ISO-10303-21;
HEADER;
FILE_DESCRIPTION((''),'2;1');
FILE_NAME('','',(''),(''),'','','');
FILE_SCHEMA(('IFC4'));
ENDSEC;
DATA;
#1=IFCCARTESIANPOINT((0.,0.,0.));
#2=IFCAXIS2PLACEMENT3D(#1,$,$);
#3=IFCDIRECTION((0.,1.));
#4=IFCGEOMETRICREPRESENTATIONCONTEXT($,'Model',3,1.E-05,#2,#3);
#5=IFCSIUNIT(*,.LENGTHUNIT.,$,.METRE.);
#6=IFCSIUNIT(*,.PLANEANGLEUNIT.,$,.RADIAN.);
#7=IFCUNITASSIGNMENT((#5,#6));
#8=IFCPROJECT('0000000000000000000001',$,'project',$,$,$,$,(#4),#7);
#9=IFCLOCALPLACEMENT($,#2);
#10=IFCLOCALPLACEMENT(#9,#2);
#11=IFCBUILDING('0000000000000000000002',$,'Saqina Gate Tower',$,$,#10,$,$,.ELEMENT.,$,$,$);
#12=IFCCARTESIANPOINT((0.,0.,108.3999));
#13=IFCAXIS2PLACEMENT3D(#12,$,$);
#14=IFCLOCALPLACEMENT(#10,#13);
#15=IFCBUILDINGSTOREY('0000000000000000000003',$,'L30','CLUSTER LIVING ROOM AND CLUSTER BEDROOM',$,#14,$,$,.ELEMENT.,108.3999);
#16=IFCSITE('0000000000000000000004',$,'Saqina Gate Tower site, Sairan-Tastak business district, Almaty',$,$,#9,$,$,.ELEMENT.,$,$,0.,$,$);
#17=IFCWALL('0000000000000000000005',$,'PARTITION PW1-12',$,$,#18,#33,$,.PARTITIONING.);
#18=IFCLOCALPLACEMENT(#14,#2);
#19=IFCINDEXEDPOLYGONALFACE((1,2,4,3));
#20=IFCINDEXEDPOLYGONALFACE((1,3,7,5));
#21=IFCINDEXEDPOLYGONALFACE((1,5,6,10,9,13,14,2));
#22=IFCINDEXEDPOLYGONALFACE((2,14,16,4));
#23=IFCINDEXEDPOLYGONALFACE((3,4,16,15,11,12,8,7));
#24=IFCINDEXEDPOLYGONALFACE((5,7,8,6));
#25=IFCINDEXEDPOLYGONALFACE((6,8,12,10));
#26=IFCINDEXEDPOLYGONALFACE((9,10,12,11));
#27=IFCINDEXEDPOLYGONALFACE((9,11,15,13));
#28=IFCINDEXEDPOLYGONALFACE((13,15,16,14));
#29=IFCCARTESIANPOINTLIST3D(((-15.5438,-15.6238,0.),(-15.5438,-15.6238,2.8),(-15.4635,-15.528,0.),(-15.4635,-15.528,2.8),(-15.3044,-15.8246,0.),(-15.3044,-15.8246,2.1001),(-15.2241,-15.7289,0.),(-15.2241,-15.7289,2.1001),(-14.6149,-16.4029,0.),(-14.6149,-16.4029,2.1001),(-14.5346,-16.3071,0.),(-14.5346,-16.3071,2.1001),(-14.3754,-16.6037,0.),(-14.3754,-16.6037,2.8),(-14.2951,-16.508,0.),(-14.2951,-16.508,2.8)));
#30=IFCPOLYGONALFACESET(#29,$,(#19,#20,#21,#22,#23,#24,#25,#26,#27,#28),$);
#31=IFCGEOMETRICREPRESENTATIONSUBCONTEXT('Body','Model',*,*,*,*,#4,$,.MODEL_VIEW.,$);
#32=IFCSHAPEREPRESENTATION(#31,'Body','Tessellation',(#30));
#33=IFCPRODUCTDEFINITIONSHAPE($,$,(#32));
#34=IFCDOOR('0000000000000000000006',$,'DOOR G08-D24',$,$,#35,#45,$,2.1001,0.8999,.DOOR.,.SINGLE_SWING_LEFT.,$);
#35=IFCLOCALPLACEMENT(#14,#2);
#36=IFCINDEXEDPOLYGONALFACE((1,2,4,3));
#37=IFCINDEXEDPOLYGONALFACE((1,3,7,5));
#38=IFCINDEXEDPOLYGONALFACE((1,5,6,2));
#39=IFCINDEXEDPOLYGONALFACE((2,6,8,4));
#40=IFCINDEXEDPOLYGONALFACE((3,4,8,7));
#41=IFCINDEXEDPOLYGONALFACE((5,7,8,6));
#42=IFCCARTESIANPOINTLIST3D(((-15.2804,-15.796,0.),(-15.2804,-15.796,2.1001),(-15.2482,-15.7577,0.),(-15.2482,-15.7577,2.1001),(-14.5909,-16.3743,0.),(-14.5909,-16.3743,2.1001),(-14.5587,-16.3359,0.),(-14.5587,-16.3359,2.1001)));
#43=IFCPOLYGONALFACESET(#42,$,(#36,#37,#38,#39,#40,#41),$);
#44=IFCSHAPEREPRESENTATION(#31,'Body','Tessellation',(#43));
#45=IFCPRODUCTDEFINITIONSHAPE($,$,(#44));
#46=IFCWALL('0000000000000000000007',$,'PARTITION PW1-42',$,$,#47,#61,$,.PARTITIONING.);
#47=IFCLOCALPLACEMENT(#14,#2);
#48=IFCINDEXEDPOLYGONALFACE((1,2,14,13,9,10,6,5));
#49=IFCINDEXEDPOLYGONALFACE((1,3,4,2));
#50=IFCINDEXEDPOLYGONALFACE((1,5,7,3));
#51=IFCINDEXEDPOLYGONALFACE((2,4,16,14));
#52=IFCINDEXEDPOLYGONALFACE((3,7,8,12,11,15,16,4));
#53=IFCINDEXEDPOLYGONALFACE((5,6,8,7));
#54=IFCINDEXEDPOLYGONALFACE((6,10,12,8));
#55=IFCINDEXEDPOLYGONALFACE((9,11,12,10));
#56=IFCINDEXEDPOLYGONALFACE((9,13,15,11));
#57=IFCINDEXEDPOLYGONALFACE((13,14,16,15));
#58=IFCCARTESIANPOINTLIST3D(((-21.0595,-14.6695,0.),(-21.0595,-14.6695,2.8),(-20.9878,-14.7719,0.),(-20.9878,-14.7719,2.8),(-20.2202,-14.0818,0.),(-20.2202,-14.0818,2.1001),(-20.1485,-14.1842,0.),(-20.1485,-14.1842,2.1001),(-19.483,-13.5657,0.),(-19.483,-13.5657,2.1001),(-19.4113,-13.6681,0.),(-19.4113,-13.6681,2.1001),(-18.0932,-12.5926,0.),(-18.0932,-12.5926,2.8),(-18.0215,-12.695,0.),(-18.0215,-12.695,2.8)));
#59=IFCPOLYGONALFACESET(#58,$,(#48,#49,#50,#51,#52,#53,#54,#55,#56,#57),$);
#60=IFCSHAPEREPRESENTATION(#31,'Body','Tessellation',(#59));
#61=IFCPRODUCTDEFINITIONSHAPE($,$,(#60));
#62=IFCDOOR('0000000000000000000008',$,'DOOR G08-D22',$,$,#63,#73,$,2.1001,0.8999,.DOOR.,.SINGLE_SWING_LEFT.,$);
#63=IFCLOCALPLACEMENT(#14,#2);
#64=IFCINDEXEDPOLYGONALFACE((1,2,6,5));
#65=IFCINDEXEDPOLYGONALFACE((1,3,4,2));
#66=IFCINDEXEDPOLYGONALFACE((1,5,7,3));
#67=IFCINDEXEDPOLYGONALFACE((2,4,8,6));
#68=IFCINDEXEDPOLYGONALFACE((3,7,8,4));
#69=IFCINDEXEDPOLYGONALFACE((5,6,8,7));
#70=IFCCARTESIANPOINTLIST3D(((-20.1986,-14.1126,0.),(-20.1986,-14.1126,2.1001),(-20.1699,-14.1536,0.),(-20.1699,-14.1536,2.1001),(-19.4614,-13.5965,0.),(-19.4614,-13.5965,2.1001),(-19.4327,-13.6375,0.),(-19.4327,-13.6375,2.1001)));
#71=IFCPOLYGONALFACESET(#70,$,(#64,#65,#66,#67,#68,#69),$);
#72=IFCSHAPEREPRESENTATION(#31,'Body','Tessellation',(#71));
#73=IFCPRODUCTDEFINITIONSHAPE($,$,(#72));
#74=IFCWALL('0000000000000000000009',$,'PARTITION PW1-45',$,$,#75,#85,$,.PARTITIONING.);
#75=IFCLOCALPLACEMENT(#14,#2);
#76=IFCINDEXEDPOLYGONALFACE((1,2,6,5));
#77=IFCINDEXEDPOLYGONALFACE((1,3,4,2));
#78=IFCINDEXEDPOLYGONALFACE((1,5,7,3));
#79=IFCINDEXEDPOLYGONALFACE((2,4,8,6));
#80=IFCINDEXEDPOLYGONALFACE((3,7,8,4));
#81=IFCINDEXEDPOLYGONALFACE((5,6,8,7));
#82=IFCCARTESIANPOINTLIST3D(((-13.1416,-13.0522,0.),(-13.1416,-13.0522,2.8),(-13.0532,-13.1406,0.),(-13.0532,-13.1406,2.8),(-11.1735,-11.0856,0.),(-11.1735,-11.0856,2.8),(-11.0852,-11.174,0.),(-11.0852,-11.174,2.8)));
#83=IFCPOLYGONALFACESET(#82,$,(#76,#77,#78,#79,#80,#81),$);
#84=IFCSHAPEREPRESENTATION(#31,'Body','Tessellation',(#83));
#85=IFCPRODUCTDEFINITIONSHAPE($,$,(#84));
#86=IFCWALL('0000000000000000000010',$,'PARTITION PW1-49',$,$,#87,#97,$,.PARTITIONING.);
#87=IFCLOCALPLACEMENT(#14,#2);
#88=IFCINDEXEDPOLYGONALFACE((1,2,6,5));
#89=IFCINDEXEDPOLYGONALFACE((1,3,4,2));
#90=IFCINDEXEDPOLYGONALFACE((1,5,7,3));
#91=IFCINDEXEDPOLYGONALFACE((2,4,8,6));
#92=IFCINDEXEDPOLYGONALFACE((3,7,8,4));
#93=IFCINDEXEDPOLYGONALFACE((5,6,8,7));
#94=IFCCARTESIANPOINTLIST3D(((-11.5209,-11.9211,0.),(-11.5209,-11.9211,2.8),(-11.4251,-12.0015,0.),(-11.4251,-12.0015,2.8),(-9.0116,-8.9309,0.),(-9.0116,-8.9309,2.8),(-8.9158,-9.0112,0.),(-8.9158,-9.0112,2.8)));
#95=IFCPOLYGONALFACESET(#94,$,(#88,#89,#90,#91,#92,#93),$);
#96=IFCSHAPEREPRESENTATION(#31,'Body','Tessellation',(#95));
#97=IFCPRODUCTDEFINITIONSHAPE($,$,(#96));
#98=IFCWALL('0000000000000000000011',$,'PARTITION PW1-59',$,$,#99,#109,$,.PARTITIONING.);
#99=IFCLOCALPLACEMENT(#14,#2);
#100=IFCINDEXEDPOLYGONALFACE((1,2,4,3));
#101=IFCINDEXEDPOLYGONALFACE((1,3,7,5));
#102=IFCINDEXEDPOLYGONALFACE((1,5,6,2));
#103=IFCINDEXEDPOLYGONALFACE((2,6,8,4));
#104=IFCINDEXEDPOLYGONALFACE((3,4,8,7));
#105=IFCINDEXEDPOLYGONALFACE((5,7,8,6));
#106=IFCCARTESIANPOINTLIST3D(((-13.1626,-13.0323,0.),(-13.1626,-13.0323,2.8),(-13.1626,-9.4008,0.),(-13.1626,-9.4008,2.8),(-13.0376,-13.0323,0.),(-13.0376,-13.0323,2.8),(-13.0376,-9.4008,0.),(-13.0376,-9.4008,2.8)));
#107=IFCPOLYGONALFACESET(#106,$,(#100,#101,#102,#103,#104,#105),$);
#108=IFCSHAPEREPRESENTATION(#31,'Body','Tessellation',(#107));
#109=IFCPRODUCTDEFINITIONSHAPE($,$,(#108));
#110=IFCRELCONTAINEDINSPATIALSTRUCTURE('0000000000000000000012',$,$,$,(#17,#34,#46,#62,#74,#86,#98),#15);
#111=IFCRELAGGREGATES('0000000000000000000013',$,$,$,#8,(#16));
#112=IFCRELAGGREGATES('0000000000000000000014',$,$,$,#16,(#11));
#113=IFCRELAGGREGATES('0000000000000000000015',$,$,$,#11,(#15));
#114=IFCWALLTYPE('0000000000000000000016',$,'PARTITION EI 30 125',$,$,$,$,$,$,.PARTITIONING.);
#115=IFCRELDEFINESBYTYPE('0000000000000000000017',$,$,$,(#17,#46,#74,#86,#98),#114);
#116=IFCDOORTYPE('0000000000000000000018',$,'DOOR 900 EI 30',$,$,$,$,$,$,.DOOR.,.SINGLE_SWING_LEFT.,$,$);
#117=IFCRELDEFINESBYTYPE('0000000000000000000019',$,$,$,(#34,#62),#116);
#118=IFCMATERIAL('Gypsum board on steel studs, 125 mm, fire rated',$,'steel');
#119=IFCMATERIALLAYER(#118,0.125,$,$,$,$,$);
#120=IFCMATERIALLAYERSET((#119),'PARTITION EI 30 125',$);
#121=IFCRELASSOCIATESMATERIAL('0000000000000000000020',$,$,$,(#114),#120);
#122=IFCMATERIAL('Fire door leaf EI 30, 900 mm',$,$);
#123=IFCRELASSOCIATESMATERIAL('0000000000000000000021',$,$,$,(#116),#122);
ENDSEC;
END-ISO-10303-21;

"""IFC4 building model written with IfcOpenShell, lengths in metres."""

from ifc_helpers import new_model, si_unit, direction, frame, frame_2d, origin, place, context, subcontext, project, spatial, rectangle, extrude, material, layer, layer_set, type_object, element, fill, save


model = new_model("IFC4")

# Units and contexts
model_context = context("Model", 3, precision=1e-05, world=origin(), true_north=direction((0.0, 1.0)))
body_context = subcontext(model_context, "Body", "Model", "MODEL_VIEW")
ifc_project = project(units=[si_unit("LENGTHUNIT", "METRE"), si_unit("PLANEANGLEUNIT", "RADIAN")], contexts=[model_context])

# Site, building, storey
site_placement = place(None, origin())
site = spatial("IfcSite", under=ifc_project, at=site_placement, Name="Saqina Gate Tower site, Sairan-Tastak business district, Almaty", CompositionType="ELEMENT", RefElevation=0.0)
building_placement = place(site_placement, origin())
building = spatial("IfcBuilding", under=site, at=building_placement, Name="Saqina Gate Tower", CompositionType="ELEMENT")
storey_placement = place(building_placement, frame((0.0, 0.0, 108.3999)))
storey = spatial("IfcBuildingStorey", under=building, at=storey_placement, Name="L30", Description="CLUSTER LIVING ROOM AND CLUSTER BEDROOM", CompositionType="ELEMENT", Elevation=108.3999)

# Shared definitions
ifc_material_1 = material(Name="Gypsum board on steel studs, 125 mm, fire rated", Category="steel")
ifc_layer_1 = layer(ifc_material_1, 0.125)
ifc_layer_set_1 = layer_set([ifc_layer_1], Name="PARTITION EI 30 125")
wall_type_1 = type_object("IfcWallType", Name="PARTITION EI 30 125", PredefinedType="PARTITIONING", material=ifc_layer_set_1)

# Walls, openings, doors
wall_1_placement = place(storey_placement, frame((-15.5037, -15.5759, 0.0), z_axis=(0.0, 0.0, 1.0), x_axis=(0.766197, -0.642606, 0.0)))
wall_1 = element("IfcWall", 1, at=wall_1_placement, inside=storey, type_object=wall_type_1, Name="PARTITION PW1-12", PredefinedType="PARTITIONING", context=body_context, shape_type="SweptSolid", body=[
    extrude(rectangle(XDim=1.5249, YDim=0.125, at=frame_2d((0.7625, 0.0))), origin(), (0.0, 0.0, 1.0), 2.8),
])
opening_1_placement = place(wall_1_placement, frame((0.3125, 0.0, 0.0)))
opening_1 = element("IfcOpeningElement", 2, at=opening_1_placement, cuts=wall_1, PredefinedType="OPENING", context=body_context, shape_type="SweptSolid", body=[
    extrude(rectangle(XDim=0.8999, YDim=2.1001, at=frame_2d((0.45, 1.05))), frame((0.0, 0.0745, 0.0), z_axis=(0.0, -1.0, 0.0), x_axis=(1.0, 0.0, 0.0)), (0.0, 0.0, 1.0), 0.1489),
])
ifc_material_2 = material(Name="Fire door leaf EI 30, 900 mm")
door_type_1 = type_object("IfcDoorType", Name="DOOR 900 EI 30", OperationType="SINGLE_SWING_LEFT", PredefinedType="DOOR", material=ifc_material_2)
door_1_placement = place(opening_1_placement, origin())
door_1 = element("IfcDoor", 3, at=door_1_placement, inside=storey, type_object=door_type_1, Name="DOOR G08-D24", OperationType="SINGLE_SWING_LEFT", OverallHeight=2.1001, OverallWidth=0.8999, PredefinedType="DOOR", context=body_context, shape_type="SweptSolid", body=[
    extrude(rectangle(XDim=0.8999, YDim=2.1001, at=frame_2d((0.45, 1.05))), frame((0.0, 0.0249, 0.0), z_axis=(0.0, -1.0, 0.0), x_axis=(1.0, 0.0, 0.0)), (0.0, 0.0, 1.0), 0.05),
])
fill(opening_1, door_1)
wall_2_placement = place(storey_placement, frame((-21.0237, -14.7207, 0.0), z_axis=(0.0, 0.0, 1.0), x_axis=(0.819169, 0.573553, 0.0)))
wall_2 = element("IfcWall", 4, at=wall_2_placement, inside=storey, type_object=wall_type_1, Name="PARTITION PW1-42", PredefinedType="PARTITIONING", context=body_context, shape_type="SweptSolid", body=[
    extrude(rectangle(XDim=3.6211, YDim=0.125, at=frame_2d((1.8105, 0.0))), origin(), (0.0, 0.0, 1.0), 2.8),
])
opening_2_placement = place(wall_2_placement, frame((1.0247, 0.0, 0.0)))
opening_2 = element("IfcOpeningElement", 5, at=opening_2_placement, cuts=wall_2, PredefinedType="OPENING", context=body_context, shape_type="SweptSolid", body=[
    extrude(rectangle(XDim=0.8999, YDim=2.1001, at=frame_2d((0.45, 1.05))), frame((0.0, 0.0745, 0.0), z_axis=(0.0, -1.0, 0.0), x_axis=(1.0, 0.0, 0.0)), (0.0, 0.0, 1.0), 0.1489),
])
door_2_placement = place(opening_2_placement, origin())
door_2 = element("IfcDoor", 6, at=door_2_placement, inside=storey, type_object=door_type_1, Name="DOOR G08-D22", OperationType="SINGLE_SWING_LEFT", OverallHeight=2.1001, OverallWidth=0.8999, PredefinedType="DOOR", context=body_context, shape_type="SweptSolid", body=[
    extrude(rectangle(XDim=0.8999, YDim=2.1001, at=frame_2d((0.45, 1.05))), frame((0.0, 0.0249, 0.0), z_axis=(0.0, -1.0, 0.0), x_axis=(1.0, 0.0, 0.0)), (0.0, 0.0, 1.0), 0.05),
])
fill(opening_2, door_2)

# Walls
wall_3_placement = place(storey_placement, frame((-13.0974, -13.0964, 0.0), z_axis=(0.0, 0.0, 1.0), x_axis=(0.70737, 0.706843, 0.0)))
element("IfcWall", 7, at=wall_3_placement, inside=storey, type_object=wall_type_1, Name="PARTITION PW1-45", PredefinedType="PARTITIONING", context=body_context, shape_type="SweptSolid", body=[
    extrude(rectangle(XDim=2.7822, YDim=0.125, at=frame_2d((1.3911, 0.0))), origin(), (0.0, 0.0, 1.0), 2.8),
])
wall_4_placement = place(storey_placement, frame((-11.4729, -11.9612, 0.0), z_axis=(0.0, 0.0, 1.0), x_axis=(0.642814, 0.766023, 0.0)))
element("IfcWall", 8, at=wall_4_placement, inside=storey, type_object=wall_type_1, Name="PARTITION PW1-49", PredefinedType="PARTITIONING", context=body_context, shape_type="SweptSolid", body=[
    extrude(rectangle(XDim=3.9036, YDim=0.125, at=frame_2d((1.9517, 0.0))), origin(), (0.0, 0.0, 1.0), 2.8),
])
wall_5_placement = place(storey_placement, frame((-13.1001, -13.0325, 0.0), z_axis=(0.0, 0.0, 1.0), x_axis=(0.0, 1.0, 0.0)))
element("IfcWall", 9, at=wall_5_placement, inside=storey, type_object=wall_type_1, Name="PARTITION PW1-59", PredefinedType="PARTITIONING", context=body_context, shape_type="SweptSolid", body=[
    extrude(rectangle(XDim=3.6316, YDim=0.125, at=frame_2d((1.8159, 0.0))), origin(), (0.0, 0.0, 1.0), 2.8),
])

save(model, "model.ifc")
